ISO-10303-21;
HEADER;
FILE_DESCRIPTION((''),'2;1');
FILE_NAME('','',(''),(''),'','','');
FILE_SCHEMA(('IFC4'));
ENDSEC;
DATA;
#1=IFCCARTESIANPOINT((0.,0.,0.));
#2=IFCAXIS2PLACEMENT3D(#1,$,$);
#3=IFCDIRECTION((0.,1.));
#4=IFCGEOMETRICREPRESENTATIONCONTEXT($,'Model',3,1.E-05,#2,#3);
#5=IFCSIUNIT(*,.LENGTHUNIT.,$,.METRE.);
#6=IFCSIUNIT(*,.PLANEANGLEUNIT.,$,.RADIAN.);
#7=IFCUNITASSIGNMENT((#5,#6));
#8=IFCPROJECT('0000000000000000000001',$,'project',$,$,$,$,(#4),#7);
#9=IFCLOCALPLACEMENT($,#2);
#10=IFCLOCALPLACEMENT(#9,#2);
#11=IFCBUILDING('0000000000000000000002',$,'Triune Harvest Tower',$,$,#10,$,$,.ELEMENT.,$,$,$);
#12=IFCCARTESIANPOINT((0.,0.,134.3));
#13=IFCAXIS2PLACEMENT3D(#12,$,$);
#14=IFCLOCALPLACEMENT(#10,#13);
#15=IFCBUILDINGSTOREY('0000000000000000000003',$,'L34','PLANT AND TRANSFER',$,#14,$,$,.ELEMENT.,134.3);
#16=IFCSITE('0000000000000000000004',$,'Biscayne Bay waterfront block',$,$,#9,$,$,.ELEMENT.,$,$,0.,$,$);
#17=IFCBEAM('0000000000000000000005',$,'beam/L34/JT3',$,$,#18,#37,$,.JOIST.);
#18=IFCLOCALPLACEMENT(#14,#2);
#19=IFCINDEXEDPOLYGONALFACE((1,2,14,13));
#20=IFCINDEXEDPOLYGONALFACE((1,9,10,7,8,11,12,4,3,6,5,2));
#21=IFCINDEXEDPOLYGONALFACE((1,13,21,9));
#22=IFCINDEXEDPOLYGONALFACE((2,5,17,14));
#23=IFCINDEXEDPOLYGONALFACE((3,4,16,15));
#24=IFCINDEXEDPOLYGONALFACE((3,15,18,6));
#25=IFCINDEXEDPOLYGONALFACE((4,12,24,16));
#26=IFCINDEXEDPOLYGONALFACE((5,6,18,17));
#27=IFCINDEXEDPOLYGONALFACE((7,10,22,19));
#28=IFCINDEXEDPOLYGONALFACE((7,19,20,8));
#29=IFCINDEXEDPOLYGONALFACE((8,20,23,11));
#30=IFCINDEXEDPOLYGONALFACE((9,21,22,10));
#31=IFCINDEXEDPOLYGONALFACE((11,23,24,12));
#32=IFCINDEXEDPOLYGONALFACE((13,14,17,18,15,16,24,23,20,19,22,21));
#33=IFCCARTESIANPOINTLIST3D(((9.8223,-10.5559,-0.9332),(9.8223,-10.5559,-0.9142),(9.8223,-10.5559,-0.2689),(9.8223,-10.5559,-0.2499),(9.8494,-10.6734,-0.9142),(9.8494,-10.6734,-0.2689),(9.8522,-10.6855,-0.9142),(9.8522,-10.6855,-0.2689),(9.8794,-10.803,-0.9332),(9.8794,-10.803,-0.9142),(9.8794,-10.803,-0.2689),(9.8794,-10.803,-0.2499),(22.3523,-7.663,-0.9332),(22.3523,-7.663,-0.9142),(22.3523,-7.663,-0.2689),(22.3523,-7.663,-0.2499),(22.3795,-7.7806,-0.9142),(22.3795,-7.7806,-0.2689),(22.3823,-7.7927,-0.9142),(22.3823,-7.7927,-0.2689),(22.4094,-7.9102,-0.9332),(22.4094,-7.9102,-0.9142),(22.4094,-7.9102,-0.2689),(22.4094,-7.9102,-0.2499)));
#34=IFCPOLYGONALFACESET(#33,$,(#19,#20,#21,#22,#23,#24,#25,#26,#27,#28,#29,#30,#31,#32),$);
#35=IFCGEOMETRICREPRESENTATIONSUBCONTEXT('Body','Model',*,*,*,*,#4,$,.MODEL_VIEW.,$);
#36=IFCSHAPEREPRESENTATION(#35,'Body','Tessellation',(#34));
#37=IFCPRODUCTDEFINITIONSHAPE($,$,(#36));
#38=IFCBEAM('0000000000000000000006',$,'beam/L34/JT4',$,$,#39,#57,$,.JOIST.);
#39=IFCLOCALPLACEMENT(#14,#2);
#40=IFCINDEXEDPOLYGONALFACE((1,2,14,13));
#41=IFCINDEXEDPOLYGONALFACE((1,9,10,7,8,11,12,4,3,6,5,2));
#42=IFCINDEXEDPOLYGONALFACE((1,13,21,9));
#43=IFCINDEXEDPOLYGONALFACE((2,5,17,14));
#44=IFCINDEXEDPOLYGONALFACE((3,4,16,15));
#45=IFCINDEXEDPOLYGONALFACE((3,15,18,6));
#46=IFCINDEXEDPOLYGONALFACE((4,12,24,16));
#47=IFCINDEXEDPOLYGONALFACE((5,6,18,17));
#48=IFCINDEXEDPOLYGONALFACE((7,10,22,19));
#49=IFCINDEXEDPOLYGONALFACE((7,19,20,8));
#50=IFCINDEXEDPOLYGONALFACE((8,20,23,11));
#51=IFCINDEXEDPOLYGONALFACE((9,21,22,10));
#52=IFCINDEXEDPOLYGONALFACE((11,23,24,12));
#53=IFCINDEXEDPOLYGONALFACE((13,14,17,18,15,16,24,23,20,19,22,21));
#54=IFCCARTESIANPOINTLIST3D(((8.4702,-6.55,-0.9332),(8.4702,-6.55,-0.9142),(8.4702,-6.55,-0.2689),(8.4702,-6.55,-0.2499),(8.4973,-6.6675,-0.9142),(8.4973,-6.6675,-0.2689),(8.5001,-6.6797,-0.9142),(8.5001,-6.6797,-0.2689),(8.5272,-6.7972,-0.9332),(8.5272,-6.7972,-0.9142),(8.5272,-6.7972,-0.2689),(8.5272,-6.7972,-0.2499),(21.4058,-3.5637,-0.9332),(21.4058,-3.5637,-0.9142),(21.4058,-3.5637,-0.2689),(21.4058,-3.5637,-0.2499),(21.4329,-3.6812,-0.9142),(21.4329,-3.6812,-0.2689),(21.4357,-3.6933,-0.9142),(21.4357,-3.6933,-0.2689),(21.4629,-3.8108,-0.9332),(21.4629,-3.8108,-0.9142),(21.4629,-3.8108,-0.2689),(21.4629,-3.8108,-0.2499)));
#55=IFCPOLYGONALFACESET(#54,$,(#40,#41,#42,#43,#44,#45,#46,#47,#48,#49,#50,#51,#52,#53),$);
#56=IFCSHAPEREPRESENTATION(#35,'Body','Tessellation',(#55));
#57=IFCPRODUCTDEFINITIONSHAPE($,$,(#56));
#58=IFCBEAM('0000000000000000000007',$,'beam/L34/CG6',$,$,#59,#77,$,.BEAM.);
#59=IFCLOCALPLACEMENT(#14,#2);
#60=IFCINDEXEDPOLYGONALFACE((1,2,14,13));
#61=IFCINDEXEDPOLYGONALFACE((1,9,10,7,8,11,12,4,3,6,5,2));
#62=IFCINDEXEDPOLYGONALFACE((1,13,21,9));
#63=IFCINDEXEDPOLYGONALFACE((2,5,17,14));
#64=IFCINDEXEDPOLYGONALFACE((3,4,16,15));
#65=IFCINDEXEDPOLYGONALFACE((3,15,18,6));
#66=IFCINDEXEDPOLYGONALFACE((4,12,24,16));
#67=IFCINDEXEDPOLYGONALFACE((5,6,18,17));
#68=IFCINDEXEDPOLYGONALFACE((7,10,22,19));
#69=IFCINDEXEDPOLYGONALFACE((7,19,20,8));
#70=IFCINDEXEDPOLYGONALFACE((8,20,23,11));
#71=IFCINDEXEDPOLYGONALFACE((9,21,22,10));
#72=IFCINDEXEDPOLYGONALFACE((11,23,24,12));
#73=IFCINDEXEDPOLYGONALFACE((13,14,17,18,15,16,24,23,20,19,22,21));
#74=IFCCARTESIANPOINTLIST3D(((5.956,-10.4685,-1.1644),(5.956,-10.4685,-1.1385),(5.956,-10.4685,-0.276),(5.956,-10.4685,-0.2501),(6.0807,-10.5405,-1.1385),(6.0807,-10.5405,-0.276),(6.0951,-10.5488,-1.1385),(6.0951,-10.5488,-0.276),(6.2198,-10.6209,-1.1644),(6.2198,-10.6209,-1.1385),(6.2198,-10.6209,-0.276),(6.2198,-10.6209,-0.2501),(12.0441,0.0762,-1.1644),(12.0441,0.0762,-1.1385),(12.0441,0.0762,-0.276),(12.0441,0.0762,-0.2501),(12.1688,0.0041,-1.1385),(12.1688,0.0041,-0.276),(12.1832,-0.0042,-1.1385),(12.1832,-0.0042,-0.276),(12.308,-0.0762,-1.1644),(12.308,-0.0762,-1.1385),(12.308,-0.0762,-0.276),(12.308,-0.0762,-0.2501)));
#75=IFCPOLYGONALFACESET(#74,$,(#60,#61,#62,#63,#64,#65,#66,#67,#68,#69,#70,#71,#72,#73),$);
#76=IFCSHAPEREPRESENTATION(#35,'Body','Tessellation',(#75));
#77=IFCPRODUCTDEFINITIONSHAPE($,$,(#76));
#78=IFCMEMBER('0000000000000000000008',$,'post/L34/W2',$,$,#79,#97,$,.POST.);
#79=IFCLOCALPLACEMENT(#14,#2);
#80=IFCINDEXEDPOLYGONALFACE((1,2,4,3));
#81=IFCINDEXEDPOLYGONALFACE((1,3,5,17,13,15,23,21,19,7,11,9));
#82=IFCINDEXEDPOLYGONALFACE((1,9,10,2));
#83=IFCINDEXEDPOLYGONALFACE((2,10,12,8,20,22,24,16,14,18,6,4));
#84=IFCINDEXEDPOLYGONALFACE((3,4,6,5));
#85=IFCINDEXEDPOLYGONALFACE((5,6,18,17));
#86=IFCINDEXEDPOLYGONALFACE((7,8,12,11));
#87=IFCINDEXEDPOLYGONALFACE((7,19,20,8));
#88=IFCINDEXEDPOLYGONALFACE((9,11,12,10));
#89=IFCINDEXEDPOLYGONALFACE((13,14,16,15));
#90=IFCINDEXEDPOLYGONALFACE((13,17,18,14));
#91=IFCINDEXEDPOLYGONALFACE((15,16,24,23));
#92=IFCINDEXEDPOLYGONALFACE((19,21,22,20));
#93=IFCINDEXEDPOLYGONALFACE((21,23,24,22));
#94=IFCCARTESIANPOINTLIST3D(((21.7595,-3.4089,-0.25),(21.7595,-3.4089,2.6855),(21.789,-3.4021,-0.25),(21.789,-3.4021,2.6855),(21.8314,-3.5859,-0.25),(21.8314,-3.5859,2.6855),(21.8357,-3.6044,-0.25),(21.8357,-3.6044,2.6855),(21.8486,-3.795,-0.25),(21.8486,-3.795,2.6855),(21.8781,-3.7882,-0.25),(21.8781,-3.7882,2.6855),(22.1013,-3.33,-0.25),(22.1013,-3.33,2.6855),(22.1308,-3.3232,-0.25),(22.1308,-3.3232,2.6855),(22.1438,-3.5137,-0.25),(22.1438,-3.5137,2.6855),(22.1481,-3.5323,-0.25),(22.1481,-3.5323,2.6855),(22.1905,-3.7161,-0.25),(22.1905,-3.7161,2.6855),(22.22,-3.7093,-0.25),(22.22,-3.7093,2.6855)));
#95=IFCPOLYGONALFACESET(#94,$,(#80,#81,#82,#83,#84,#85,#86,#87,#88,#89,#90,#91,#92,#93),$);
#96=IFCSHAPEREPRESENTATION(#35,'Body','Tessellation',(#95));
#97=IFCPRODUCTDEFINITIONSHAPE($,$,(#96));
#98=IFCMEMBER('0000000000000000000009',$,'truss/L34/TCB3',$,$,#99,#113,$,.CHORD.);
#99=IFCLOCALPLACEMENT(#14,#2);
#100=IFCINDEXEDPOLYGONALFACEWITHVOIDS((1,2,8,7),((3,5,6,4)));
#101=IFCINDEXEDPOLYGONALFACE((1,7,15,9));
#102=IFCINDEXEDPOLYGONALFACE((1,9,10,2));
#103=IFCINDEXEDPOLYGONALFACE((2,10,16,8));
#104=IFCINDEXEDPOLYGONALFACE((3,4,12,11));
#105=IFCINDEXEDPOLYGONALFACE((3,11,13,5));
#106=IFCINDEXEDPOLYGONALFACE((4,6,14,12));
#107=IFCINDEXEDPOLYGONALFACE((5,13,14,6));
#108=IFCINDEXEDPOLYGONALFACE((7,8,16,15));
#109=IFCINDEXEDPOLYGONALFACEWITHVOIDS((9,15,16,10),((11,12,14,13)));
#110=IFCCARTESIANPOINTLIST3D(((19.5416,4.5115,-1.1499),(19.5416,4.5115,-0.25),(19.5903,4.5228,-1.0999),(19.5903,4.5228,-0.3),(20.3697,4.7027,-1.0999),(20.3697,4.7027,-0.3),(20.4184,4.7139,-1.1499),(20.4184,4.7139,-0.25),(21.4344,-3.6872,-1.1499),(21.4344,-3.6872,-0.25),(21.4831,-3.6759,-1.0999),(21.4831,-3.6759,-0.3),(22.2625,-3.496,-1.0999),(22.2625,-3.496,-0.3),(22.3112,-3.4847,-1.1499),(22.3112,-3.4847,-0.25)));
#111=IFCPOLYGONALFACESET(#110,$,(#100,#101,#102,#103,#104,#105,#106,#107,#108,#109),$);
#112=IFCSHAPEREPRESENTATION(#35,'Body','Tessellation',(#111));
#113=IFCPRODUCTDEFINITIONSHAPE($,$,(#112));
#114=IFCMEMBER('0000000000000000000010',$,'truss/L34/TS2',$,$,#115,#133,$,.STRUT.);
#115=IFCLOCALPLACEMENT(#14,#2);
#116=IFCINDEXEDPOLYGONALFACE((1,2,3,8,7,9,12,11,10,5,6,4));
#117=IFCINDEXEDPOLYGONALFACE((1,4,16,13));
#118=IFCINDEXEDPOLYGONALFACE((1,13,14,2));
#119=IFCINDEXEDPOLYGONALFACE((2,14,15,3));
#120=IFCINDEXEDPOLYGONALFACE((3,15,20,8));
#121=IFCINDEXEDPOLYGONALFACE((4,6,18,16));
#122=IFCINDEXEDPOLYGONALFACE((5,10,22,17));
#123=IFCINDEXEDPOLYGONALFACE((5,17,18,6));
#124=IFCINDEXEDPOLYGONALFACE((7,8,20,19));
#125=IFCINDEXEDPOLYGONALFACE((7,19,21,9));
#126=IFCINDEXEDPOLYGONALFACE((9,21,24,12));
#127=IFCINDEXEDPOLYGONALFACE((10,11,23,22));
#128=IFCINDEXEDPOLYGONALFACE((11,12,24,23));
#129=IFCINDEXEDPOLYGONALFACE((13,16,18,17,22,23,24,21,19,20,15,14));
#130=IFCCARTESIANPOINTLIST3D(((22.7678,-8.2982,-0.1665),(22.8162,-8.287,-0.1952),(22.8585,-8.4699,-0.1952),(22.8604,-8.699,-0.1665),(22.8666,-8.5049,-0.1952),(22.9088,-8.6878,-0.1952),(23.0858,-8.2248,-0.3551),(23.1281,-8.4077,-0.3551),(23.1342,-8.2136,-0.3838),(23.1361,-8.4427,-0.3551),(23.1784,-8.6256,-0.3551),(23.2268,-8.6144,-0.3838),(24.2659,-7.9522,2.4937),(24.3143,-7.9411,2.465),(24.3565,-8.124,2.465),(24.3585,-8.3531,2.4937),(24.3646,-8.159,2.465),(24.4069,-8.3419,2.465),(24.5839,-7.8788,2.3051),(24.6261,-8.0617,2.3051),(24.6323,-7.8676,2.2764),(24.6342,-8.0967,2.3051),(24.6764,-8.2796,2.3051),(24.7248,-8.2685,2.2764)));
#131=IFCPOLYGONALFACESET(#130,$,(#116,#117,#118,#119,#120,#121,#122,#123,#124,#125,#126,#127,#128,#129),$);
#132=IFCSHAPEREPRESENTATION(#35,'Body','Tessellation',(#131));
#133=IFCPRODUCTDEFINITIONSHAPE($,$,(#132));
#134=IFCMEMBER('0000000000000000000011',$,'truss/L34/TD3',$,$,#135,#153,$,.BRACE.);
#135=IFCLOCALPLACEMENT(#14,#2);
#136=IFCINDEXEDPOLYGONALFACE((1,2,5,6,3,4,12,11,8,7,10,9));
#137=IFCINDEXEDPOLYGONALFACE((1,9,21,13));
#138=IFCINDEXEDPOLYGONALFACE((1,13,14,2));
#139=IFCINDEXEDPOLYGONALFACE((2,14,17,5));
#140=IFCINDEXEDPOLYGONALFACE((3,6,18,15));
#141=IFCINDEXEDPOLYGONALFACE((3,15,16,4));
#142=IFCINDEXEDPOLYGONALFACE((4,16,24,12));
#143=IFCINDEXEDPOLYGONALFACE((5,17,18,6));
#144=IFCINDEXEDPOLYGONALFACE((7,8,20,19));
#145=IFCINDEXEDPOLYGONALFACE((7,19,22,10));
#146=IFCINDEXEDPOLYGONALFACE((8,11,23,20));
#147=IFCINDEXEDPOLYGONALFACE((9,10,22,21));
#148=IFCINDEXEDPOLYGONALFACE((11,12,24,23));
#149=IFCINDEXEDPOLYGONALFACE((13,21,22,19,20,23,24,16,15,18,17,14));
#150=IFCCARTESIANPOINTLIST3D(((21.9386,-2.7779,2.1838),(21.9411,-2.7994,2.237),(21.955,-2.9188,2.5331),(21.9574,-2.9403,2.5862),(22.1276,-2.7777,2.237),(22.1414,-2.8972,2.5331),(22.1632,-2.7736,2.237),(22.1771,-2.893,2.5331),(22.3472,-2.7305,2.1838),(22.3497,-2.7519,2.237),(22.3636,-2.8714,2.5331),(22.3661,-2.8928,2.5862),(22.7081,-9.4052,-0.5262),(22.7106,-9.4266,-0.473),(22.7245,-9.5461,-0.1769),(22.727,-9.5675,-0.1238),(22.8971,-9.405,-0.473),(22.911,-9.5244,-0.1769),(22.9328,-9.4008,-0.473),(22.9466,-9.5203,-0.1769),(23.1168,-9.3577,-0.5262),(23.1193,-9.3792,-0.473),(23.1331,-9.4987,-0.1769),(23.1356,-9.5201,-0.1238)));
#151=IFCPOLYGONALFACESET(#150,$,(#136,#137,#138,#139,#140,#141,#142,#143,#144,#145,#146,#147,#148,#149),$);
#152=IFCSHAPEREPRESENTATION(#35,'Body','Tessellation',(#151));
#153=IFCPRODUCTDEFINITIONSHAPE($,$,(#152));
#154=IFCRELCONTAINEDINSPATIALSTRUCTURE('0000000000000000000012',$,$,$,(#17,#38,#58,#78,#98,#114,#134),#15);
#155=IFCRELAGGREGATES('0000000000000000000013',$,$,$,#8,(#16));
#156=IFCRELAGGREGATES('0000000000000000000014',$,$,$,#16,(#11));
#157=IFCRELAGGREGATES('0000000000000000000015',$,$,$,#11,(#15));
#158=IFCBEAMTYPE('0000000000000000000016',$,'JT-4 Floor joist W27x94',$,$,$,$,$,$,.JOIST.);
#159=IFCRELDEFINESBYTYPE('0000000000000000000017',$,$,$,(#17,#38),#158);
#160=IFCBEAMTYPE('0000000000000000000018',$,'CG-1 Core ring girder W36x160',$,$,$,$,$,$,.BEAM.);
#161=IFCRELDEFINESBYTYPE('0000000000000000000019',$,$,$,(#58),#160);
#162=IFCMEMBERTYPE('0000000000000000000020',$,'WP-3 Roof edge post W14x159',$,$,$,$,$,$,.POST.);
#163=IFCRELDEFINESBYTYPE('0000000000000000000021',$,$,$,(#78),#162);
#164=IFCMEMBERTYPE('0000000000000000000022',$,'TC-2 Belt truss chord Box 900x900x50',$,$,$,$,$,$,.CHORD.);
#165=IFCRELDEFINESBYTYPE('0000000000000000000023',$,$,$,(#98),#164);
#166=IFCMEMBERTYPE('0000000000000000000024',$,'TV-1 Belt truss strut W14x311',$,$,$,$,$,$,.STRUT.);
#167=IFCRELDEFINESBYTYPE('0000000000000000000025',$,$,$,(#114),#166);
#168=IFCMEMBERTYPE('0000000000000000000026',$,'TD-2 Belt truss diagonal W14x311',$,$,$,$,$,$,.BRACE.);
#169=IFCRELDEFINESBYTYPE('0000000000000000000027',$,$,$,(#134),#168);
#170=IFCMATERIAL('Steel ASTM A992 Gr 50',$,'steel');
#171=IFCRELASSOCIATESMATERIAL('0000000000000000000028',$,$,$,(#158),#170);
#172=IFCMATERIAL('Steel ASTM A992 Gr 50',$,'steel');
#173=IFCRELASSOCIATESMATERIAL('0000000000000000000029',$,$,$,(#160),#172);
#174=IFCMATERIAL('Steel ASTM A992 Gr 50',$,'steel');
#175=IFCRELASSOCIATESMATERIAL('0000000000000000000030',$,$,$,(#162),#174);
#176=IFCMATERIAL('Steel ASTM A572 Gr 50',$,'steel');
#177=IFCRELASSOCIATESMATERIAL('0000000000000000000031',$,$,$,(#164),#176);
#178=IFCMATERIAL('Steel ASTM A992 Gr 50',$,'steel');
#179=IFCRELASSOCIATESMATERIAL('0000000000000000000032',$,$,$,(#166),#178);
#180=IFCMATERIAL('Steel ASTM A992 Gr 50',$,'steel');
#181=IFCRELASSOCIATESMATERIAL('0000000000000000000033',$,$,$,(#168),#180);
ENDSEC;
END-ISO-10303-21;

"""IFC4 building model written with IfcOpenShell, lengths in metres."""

from ifc_helpers import new_model, si_unit, direction, frame, origin, origin_2d, place, context, subcontext, project, spatial, hollow_rectangle, i_section, extrude, source, transform, mapped, material, material_profile, profile_set, type_object, element, save


model = new_model("IFC4")

# Units and contexts
model_context = context("Model", 3, precision=1e-05, world=origin(), true_north=direction((0.0, 1.0)))
body_context = subcontext(model_context, "Body", "Model", "MODEL_VIEW")
ifc_project = project(units=[si_unit("LENGTHUNIT", "METRE"), si_unit("PLANEANGLEUNIT", "RADIAN")], contexts=[model_context])

# Site, building, storey
site_placement = place(None, origin())
site = spatial("IfcSite", under=ifc_project, at=site_placement, Name="Biscayne Bay waterfront block", CompositionType="ELEMENT", RefElevation=0.0)
building_placement = place(site_placement, origin())
building = spatial("IfcBuilding", under=site, at=building_placement, Name="Triune Harvest Tower", CompositionType="ELEMENT")
storey_placement = place(building_placement, frame((0.0, 0.0, 134.3)))
storey = spatial("IfcBuildingStorey", under=building, at=storey_placement, Name="L34", Description="PLANT AND TRANSFER", CompositionType="ELEMENT", Elevation=134.3)

# Beams
ifc_material_1 = material(Name="Steel ASTM A992 Gr 50", Category="steel")
ifc_material_profile_1 = material_profile(ifc_material_1, i_section(OverallWidth=0.2537, OverallDepth=0.6833, WebThickness=0.0125, FlangeThickness=0.019, at=origin_2d()), Name="W27x94")
ifc_profile_set_1 = profile_set([ifc_material_profile_1], Name="Steel ASTM A992 Gr 50")
beam_type_1 = type_object("IfcBeamType", Name="JT-4 Floor joist W27x94", PredefinedType="JOIST", material=ifc_profile_set_1)
beam_1_placement = place(storey_placement, frame((22.3809, -7.7866, -0.5916), z_axis=(-0.974369, -0.224954, 0.0), x_axis=(0.224954, -0.974369, 0.0)))
element("IfcBeam", 1, at=beam_1_placement, inside=storey, type_object=beam_type_1, Name="beam/L34/JT3", PredefinedType="JOIST", context=body_context, shape_type="SweptSolid", body=[
    extrude(i_section(OverallWidth=0.2537, OverallDepth=0.6833, WebThickness=0.0125, FlangeThickness=0.019, at=origin_2d()), origin(), (0.0, 0.0, 1.0), 12.8596),
])
beam_2_placement = place(storey_placement, frame((21.4343, -3.6873, -0.5916), z_axis=(-0.974371, -0.224945, 0.0), x_axis=(0.224945, -0.974371, 0.0)))
element("IfcBeam", 2, at=beam_2_placement, inside=storey, type_object=beam_type_1, Name="beam/L34/JT4", PredefinedType="JOIST", context=body_context, shape_type="SweptSolid", body=[
    extrude(i_section(OverallWidth=0.2537, OverallDepth=0.6833, WebThickness=0.0125, FlangeThickness=0.019, at=origin_2d()), origin(), (0.0, 0.0, 1.0), 13.2759),
])
ifc_material_2 = material(Name="Steel ASTM A992 Gr 50", Category="steel")
ifc_material_profile_2 = material_profile(ifc_material_2, i_section(OverallWidth=0.3047, OverallDepth=0.9143, WebThickness=0.0166, FlangeThickness=0.0259, at=origin_2d()), Name="W36x160")
ifc_profile_set_2 = profile_set([ifc_material_profile_2], Name="Steel ASTM A992 Gr 50")
beam_type_2 = type_object("IfcBeamType", Name="CG-1 Core ring girder W36x160", PredefinedType="BEAM", material=ifc_profile_set_2)
shared_shape_1 = source(origin(), body_context, "Body", "SweptSolid", [
    extrude(i_section(OverallWidth=0.3047, OverallDepth=0.9143, WebThickness=0.0166, FlangeThickness=0.0259, at=origin_2d()), origin(), (0.0, 0.0, 1.0), 12.176),
])
beam_3_placement = place(storey_placement, frame((6.0879, -10.5447, -0.7073), z_axis=(0.50001, 0.86602, 0.0), x_axis=(-0.86602, 0.50001, 0.0)))
element("IfcBeam", 3, at=beam_3_placement, inside=storey, type_object=beam_type_2, Name="beam/L34/CG6", PredefinedType="BEAM", context=body_context, shape_type="MappedRepresentation", body=[
    mapped(shared_shape_1, transform((0.0, 0.0, 0.0), scale=1.0)),
])

# Members
ifc_material_3 = material(Name="Steel ASTM A992 Gr 50", Category="steel")
ifc_material_profile_3 = material_profile(ifc_material_3, i_section(OverallWidth=0.3962, OverallDepth=0.3811, WebThickness=0.019, FlangeThickness=0.0303, at=origin_2d()), Name="W14x159")
ifc_profile_set_3 = profile_set([ifc_material_profile_3], Name="Steel ASTM A992 Gr 50")
member_type_1 = type_object("IfcMemberType", Name="WP-3 Roof edge post W14x159", PredefinedType="POST", material=ifc_profile_set_3)
shared_shape_2 = source(origin(), body_context, "Body", "SweptSolid", [
    extrude(i_section(OverallWidth=0.3962, OverallDepth=0.3811, WebThickness=0.019, FlangeThickness=0.0303, at=origin_2d()), origin(), (0.0, 0.0, 1.0), 2.9355),
])
member_1_placement = place(storey_placement, frame((21.9897, -3.5591, -0.25), z_axis=(0.0, 0.0, 1.0), x_axis=(-0.224953, 0.97437, 0.0)))
element("IfcMember", 4, at=member_1_placement, inside=storey, type_object=member_type_1, Name="post/L34/W2", PredefinedType="POST", context=body_context, shape_type="MappedRepresentation", body=[
    mapped(shared_shape_2, transform((0.0, 0.0, 0.0), scale=1.0)),
])
ifc_material_4 = material(Name="Steel ASTM A572 Gr 50", Category="steel")
ifc_material_profile_4 = material_profile(ifc_material_4, hollow_rectangle(XDim=0.8999, YDim=0.8999, WallThickness=0.05, at=origin_2d()), Name="Box 900x900x50")
ifc_profile_set_4 = profile_set([ifc_material_profile_4], Name="Steel ASTM A572 Gr 50")
member_type_2 = type_object("IfcMemberType", Name="TC-2 Belt truss chord Box 900x900x50", PredefinedType="CHORD", material=ifc_profile_set_4)
shared_shape_3 = source(origin(), body_context, "Body", "SweptSolid", [
    extrude(hollow_rectangle(XDim=0.8999, YDim=0.8999, WallThickness=0.05, at=origin_2d()), origin(), (0.0, 0.0, 1.0), 8.4143),
])
member_2_placement = place(storey_placement, frame((21.8728, -3.5859, -0.7), z_axis=(-0.224951, 0.97437, 0.0), x_axis=(-0.97437, -0.224951, 0.0)))
element("IfcMember", 5, at=member_2_placement, inside=storey, type_object=member_type_2, Name="truss/L34/TCB3", PredefinedType="CHORD", context=body_context, shape_type="MappedRepresentation", body=[
    mapped(shared_shape_3, transform((0.0, 0.0, 0.0), scale=1.0)),
])
ifc_material_5 = material(Name="Steel ASTM A992 Gr 50", Category="steel")
ifc_material_profile_5 = material_profile(ifc_material_5, i_section(OverallWidth=0.4114, OverallDepth=0.4343, WebThickness=0.0359, FlangeThickness=0.0574, at=origin_2d()), Name="W14x311")
ifc_profile_set_5 = profile_set([ifc_material_profile_5], Name="Steel ASTM A992 Gr 50")
member_type_3 = type_object("IfcMemberType", Name="TV-1 Belt truss strut W14x311", PredefinedType="STRUT", material=ifc_profile_set_5)
shared_shape_4 = source(origin(), body_context, "Body", "SweptSolid", [
    extrude(i_section(OverallWidth=0.4114, OverallDepth=0.4343, WebThickness=0.0359, FlangeThickness=0.0574, at=origin_2d()), origin(), (0.0, 0.0, 1.0), 3.0725),
])
member_3_placement = place(storey_placement, frame((22.9973, -8.4563, -0.2751), z_axis=(0.487566, 0.112595, 0.865795), x_axis=(-0.22501, 0.974356, 0.0)))
element("IfcMember", 6, at=member_3_placement, inside=storey, type_object=member_type_3, Name="truss/L34/TS2", PredefinedType="STRUT", context=body_context, shape_type="MappedRepresentation", body=[
    mapped(shared_shape_4, transform((0.0, 0.0, 0.0), scale=1.0)),
])
ifc_material_6 = material(Name="Steel ASTM A992 Gr 50", Category="steel")
ifc_material_profile_6 = material_profile(ifc_material_6, i_section(OverallWidth=0.4114, OverallDepth=0.4343, WebThickness=0.0359, FlangeThickness=0.0574, at=origin_2d()), Name="W14x311")
ifc_profile_set_6 = profile_set([ifc_material_profile_6], Name="Steel ASTM A992 Gr 50")
member_type_4 = type_object("IfcMemberType", Name="TD-2 Belt truss diagonal W14x311", PredefinedType="BRACE", material=ifc_profile_set_6)
shared_shape_5 = source(origin(), body_context, "Body", "SweptSolid", [
    extrude(i_section(OverallWidth=0.4114, OverallDepth=0.4343, WebThickness=0.0359, FlangeThickness=0.0574, at=origin_2d()), origin(), (0.0, 0.0, 1.0), 7.2012),
])
member_4_placement = place(storey_placement, frame((22.9219, -9.4626, -0.325), z_axis=(-0.106863, 0.920304, 0.376326), x_axis=(-0.993326, -0.115342, 0.0)))
element("IfcMember", 7, at=member_4_placement, inside=storey, type_object=member_type_4, Name="truss/L34/TD3", PredefinedType="BRACE", context=body_context, shape_type="MappedRepresentation", body=[
    mapped(shared_shape_5, transform((0.0, 0.0, 0.0), scale=1.0)),
])

save(model, "model.ifc")
